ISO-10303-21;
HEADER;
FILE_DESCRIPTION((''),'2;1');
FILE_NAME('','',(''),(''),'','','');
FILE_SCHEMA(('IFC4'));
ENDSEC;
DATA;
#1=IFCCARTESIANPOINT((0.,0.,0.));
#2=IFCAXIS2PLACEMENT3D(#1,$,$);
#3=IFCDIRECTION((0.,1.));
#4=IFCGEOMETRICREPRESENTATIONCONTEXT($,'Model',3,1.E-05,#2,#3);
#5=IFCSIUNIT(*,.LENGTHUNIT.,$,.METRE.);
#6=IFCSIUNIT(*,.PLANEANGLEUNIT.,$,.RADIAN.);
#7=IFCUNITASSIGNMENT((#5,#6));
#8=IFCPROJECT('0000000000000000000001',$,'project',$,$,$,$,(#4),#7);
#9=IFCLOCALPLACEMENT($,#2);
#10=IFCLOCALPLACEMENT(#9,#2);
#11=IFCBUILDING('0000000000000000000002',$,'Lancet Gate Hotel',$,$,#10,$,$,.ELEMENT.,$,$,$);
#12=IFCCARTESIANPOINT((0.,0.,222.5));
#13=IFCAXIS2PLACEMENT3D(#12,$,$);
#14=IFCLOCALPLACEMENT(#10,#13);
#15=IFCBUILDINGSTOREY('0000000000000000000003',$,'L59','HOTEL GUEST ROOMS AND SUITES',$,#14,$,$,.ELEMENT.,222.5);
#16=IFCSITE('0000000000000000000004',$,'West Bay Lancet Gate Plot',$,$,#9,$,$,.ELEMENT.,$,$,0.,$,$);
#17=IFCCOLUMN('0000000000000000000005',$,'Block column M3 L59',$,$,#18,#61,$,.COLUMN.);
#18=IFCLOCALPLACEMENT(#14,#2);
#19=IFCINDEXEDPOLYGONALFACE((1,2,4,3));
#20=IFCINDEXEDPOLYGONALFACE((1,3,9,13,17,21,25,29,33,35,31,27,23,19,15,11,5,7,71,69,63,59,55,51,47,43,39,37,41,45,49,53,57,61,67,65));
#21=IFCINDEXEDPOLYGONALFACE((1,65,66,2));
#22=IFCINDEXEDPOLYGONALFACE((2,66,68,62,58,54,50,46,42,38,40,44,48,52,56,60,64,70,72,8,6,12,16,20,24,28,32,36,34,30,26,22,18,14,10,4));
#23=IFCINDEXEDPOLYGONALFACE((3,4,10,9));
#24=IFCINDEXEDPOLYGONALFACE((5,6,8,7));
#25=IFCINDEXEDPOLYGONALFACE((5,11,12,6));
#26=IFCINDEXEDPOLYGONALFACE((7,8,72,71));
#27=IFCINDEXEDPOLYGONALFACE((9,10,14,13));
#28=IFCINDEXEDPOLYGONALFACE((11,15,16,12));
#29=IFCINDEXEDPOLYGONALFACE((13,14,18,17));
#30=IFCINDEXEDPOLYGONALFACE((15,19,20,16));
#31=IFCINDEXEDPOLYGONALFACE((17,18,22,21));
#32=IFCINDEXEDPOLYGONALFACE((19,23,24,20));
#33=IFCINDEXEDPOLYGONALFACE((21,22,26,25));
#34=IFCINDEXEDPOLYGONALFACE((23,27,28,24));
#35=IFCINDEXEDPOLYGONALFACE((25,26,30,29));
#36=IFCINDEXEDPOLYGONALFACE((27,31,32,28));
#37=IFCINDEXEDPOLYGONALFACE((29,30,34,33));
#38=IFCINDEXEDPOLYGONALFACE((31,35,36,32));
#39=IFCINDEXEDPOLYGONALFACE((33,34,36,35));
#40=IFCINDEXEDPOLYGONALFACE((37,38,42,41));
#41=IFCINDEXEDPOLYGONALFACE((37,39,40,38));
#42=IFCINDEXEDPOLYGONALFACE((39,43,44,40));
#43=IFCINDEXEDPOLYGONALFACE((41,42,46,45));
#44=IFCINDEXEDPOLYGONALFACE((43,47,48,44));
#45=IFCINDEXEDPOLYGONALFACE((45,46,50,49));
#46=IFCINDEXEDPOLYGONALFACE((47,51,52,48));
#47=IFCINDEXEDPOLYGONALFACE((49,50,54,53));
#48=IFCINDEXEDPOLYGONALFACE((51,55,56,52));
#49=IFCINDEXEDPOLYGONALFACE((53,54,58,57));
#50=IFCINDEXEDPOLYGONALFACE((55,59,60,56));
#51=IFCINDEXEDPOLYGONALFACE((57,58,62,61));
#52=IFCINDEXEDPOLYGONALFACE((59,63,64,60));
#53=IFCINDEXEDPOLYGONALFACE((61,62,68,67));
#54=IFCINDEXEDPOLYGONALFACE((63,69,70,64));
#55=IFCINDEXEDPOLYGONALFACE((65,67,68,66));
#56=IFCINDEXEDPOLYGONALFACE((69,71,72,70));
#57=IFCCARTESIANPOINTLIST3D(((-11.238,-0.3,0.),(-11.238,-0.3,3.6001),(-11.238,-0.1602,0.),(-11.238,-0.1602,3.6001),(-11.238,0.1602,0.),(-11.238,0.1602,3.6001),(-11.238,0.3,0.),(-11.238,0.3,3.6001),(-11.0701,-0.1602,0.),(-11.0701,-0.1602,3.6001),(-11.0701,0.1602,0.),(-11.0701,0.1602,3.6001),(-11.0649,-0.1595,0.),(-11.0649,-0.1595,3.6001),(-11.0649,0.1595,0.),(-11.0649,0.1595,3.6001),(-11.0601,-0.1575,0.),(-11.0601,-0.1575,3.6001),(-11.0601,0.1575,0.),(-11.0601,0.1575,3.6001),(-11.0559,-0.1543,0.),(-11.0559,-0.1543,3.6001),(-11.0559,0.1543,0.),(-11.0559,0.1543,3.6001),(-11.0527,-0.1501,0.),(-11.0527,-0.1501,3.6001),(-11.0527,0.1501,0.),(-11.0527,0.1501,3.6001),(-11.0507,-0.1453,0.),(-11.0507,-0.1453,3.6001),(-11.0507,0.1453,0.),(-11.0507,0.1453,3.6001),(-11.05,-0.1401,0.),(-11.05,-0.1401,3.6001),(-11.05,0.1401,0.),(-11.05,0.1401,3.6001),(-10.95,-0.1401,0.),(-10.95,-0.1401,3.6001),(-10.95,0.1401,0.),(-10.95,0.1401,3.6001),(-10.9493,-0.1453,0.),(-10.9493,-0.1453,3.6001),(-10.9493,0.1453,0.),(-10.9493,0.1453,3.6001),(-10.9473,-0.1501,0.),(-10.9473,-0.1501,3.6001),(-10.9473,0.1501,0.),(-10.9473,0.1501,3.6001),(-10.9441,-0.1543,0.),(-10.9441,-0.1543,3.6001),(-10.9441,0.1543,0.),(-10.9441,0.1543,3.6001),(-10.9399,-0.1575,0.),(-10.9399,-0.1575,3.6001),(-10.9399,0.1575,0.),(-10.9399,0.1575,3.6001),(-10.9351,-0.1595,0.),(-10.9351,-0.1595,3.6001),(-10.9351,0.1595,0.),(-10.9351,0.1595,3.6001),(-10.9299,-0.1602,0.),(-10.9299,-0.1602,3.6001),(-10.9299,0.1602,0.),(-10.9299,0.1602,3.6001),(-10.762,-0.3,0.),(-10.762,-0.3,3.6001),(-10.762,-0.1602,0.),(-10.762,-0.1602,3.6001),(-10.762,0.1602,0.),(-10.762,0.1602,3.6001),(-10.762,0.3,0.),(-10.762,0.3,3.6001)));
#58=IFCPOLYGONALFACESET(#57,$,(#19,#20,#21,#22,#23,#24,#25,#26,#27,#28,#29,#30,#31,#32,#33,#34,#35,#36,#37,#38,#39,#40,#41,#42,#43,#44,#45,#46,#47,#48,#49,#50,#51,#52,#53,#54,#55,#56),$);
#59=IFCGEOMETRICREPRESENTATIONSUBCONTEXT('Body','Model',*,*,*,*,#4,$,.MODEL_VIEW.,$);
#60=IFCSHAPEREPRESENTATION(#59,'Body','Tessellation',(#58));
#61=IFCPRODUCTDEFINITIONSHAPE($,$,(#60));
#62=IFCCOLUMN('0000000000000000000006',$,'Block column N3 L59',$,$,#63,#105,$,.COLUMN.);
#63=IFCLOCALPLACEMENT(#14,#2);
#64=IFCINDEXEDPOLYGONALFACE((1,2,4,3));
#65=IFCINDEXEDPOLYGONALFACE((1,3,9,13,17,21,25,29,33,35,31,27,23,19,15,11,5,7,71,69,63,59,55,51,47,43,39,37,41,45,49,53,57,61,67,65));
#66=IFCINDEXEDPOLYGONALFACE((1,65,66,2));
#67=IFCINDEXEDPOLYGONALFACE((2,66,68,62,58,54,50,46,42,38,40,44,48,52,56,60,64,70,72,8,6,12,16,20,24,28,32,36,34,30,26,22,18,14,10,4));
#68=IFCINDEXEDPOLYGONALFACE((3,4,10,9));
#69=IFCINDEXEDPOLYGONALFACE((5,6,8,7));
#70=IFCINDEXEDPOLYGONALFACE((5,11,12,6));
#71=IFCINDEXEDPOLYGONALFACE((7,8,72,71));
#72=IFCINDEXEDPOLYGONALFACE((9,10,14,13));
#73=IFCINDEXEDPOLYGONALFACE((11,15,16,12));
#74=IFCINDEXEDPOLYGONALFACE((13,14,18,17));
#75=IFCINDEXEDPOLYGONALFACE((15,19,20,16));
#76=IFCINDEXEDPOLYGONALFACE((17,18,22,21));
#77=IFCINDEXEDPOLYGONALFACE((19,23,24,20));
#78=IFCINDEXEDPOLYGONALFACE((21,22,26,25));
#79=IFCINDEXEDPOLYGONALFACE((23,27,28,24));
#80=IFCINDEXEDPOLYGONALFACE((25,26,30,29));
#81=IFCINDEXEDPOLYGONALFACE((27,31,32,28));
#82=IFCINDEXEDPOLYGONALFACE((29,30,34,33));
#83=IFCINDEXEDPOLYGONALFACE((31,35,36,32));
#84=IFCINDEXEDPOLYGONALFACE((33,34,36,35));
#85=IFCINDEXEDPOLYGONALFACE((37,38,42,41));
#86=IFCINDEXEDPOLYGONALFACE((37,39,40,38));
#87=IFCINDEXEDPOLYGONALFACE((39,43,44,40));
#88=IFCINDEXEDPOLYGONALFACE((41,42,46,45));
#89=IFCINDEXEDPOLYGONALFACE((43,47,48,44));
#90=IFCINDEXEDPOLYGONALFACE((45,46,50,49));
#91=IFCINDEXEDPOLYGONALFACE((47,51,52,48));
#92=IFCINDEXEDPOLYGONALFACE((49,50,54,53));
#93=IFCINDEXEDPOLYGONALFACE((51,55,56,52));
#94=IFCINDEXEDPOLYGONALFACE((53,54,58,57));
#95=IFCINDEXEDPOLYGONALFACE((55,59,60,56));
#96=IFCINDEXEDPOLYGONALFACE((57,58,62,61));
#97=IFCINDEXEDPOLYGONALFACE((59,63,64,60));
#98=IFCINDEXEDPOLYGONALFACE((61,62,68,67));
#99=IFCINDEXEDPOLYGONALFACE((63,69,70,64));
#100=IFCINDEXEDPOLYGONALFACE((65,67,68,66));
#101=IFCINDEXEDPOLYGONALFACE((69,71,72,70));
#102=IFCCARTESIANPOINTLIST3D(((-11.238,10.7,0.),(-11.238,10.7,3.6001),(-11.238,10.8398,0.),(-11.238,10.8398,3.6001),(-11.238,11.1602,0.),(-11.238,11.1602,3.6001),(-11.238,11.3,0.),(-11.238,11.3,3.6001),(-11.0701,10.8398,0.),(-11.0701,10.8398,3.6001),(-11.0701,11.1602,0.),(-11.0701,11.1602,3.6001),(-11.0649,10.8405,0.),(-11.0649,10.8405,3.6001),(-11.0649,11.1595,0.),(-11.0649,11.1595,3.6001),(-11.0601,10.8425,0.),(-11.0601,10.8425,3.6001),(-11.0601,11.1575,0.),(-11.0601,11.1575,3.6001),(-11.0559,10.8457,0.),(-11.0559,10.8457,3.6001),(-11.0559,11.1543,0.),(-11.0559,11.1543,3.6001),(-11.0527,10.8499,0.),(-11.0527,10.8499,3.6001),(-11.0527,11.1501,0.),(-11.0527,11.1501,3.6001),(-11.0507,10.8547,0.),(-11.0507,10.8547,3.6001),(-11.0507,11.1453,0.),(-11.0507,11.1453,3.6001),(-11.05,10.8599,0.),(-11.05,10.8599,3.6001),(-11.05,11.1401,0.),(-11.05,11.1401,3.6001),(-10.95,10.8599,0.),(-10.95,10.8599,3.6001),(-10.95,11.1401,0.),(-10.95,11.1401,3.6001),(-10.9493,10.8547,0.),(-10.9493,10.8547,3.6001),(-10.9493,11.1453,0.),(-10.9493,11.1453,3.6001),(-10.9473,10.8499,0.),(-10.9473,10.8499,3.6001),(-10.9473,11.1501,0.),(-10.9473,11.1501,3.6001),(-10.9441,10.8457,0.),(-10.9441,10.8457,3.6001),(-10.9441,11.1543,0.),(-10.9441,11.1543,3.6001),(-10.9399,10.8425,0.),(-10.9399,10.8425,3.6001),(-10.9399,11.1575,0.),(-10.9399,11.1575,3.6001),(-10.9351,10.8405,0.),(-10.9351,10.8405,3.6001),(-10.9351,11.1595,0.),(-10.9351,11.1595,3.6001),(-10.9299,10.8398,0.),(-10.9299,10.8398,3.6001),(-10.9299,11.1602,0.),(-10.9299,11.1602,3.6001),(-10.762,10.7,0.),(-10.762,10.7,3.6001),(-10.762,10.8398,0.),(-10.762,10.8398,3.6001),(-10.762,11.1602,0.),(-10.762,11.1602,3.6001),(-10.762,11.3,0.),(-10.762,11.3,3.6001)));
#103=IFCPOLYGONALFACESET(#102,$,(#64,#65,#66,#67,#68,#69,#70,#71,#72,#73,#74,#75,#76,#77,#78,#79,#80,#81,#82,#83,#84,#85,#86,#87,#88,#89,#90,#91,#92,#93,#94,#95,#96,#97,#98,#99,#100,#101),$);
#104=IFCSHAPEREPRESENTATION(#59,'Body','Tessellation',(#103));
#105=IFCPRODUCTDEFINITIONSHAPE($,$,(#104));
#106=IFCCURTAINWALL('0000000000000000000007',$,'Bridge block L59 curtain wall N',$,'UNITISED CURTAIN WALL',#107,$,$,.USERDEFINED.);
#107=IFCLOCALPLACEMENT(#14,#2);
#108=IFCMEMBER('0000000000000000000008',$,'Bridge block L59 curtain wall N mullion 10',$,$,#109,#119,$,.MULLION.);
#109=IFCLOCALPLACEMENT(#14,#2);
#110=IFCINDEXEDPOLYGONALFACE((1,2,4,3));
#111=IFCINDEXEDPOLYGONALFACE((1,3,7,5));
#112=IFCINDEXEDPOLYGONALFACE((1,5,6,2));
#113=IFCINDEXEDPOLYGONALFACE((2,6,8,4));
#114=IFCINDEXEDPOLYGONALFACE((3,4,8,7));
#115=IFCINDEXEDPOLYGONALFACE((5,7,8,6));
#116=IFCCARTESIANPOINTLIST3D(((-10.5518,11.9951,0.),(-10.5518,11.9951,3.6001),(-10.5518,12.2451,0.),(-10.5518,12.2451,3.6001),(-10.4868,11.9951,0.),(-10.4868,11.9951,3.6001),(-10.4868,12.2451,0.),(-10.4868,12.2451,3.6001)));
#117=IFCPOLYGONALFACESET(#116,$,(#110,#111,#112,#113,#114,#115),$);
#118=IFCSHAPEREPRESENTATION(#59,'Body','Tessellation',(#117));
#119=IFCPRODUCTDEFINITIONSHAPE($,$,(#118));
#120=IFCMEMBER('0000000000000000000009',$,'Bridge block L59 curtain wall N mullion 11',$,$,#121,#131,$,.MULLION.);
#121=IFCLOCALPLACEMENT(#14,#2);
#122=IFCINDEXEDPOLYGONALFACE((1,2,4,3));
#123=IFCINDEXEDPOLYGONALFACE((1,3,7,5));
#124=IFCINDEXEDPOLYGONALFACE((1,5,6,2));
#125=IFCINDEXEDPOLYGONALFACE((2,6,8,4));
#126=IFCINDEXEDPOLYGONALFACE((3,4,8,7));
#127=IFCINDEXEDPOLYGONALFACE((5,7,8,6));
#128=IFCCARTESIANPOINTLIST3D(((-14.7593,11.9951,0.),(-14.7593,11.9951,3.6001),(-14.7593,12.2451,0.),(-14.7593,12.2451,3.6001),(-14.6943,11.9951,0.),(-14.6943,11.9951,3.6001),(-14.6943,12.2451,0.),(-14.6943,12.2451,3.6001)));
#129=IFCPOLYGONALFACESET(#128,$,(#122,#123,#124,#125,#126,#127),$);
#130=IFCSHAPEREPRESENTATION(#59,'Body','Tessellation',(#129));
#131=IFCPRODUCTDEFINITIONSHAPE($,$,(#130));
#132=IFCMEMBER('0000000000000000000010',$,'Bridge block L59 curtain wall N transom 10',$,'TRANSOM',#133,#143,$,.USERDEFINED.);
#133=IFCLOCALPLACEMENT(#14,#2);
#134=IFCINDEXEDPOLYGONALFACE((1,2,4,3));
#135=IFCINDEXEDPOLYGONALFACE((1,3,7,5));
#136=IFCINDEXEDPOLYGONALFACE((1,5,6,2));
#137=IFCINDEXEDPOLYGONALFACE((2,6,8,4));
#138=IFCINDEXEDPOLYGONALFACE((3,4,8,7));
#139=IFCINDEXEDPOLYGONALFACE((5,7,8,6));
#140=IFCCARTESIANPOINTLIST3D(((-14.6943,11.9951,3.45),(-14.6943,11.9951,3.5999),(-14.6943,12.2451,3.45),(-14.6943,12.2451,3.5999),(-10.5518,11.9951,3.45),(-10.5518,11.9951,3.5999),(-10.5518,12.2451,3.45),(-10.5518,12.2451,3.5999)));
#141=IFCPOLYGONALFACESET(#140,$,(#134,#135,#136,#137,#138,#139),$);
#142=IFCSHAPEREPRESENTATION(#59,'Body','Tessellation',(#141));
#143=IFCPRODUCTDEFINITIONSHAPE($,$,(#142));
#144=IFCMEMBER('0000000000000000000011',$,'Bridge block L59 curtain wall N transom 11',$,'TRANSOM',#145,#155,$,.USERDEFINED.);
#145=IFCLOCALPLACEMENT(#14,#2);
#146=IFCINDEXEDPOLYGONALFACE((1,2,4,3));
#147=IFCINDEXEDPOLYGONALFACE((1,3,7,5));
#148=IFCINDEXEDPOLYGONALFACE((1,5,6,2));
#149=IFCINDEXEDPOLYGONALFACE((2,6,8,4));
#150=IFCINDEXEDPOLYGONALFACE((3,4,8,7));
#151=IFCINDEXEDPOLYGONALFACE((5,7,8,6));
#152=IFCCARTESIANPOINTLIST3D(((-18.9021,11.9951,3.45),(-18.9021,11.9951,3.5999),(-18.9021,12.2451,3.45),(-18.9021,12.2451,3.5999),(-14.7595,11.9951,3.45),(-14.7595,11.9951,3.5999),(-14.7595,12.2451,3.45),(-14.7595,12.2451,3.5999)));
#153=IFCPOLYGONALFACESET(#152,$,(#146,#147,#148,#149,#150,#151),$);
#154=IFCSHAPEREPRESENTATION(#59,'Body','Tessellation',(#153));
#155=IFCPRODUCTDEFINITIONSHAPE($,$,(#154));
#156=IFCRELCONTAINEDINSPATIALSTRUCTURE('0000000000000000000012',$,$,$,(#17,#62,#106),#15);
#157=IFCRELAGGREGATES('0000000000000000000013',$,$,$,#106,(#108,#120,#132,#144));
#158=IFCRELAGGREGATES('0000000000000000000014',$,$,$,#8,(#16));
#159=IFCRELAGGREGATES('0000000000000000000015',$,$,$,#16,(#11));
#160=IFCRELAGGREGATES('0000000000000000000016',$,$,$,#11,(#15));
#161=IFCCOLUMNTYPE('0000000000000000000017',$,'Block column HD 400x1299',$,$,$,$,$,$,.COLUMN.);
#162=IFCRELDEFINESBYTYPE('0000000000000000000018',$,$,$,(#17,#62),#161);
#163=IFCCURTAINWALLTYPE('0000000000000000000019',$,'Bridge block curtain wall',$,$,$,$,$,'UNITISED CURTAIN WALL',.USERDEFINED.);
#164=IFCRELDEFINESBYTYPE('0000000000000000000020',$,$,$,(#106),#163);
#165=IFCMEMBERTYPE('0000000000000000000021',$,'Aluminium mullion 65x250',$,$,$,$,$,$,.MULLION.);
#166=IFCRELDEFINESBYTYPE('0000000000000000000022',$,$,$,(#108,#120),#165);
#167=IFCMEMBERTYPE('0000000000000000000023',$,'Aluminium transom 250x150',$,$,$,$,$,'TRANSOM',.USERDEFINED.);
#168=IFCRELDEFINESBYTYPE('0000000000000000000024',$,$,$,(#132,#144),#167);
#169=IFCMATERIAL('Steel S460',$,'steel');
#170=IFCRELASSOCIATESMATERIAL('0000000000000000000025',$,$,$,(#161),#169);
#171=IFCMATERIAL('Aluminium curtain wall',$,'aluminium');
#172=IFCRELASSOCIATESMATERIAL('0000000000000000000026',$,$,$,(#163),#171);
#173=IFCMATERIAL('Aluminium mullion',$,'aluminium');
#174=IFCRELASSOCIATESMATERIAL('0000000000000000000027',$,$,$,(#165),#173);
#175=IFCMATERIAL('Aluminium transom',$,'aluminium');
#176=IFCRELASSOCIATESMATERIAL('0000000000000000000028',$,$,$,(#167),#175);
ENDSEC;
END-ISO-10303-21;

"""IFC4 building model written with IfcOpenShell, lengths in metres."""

from ifc_helpers import new_model, si_unit, direction, frame, origin, origin_2d, place, context, subcontext, project, spatial, rectangle, i_section, extrude, material, material_profile, profile_set, type_object, element, aggregate, save


model = new_model("IFC4")

# Units and contexts
model_context = context("Model", 3, precision=1e-05, world=origin(), true_north=direction((0.0, 1.0)))
body_context = subcontext(model_context, "Body", "Model", "MODEL_VIEW")
ifc_project = project(units=[si_unit("LENGTHUNIT", "METRE"), si_unit("PLANEANGLEUNIT", "RADIAN")], contexts=[model_context])

# Site, building, storey
site_placement = place(None, origin())
site = spatial("IfcSite", under=ifc_project, at=site_placement, Name="West Bay Lancet Gate Plot", CompositionType="ELEMENT", RefElevation=0.0)
building_placement = place(site_placement, origin())
building = spatial("IfcBuilding", under=site, at=building_placement, Name="Lancet Gate Hotel", CompositionType="ELEMENT")
storey_placement = place(building_placement, frame((0.0, 0.0, 222.5)))
storey = spatial("IfcBuildingStorey", under=building, at=storey_placement, Name="L59", Description="HOTEL GUEST ROOMS AND SUITES", CompositionType="ELEMENT", Elevation=222.5)

# Columns
ifc_material_1 = material(Name="Steel S460", Category="steel")
ifc_material_profile_1 = material_profile(ifc_material_1, i_section(OverallWidth=0.4761, OverallDepth=0.6001, WebThickness=0.1001, FlangeThickness=0.1399, FilletRadius=0.02, at=origin_2d()), Name="HD 400x1299")
ifc_profile_set_1 = profile_set([ifc_material_profile_1], Name="Steel S460")
column_type = type_object("IfcColumnType", Name="Block column HD 400x1299", PredefinedType="COLUMN", material=ifc_profile_set_1)
for number, where, z_axis, x_axis, name in (
    (1, (-11.0, 0.0, 0.0), (0.0, 0.0, 1.0), (1.0, 0.0, 0.0), "Block column M3 L59"),
    (2, (-11.0, 11.0, 0.0), (0.0, 0.0, 1.0), (1.0, 0.0, 0.0), "Block column N3 L59"),
):
    element("IfcColumn", number, at=place(storey_placement, frame(where, z_axis=z_axis, x_axis=x_axis)), inside=storey, type_object=column_type, Name=name, PredefinedType="COLUMN", context=body_context, shape_type="SweptSolid", body=[
        extrude(i_section(OverallWidth=0.4761, OverallDepth=0.6001, WebThickness=0.1001, FlangeThickness=0.1399, FilletRadius=0.02, at=origin_2d()), origin(), (0.0, 0.0, 1.0), 3.6001),
    ])

# Curtain wall, members
ifc_material_2 = material(Name="Aluminium curtain wall", Category="aluminium")
curtain_wall_type = type_object("IfcCurtainWallType", Name="Bridge block curtain wall", ElementType="UNITISED CURTAIN WALL", PredefinedType="USERDEFINED", material=ifc_material_2)
curtain_wall_placement = place(storey_placement, origin())
curtain_wall = element("IfcCurtainWall", 3, at=curtain_wall_placement, inside=storey, type_object=curtain_wall_type, Name="Bridge block L59 curtain wall N", ObjectType="UNITISED CURTAIN WALL", PredefinedType="USERDEFINED")
ifc_material_3 = material(Name="Aluminium mullion", Category="aluminium")
ifc_material_profile_2 = material_profile(ifc_material_3, rectangle(XDim=0.0649, YDim=0.25, at=origin_2d()), Name="MULLION 65x250")
ifc_profile_set_2 = profile_set([ifc_material_profile_2], Name="Aluminium mullion")
member_type_1 = type_object("IfcMemberType", Name="Aluminium mullion 65x250", PredefinedType="MULLION", material=ifc_profile_set_2)
member_1_placement = place(storey_placement, frame((-10.5193, 12.1201, 0.0), z_axis=(0.0, 0.0, 1.0), x_axis=(-1.0, 0.0, 0.0)))
member_1 = element("IfcMember", 4, at=member_1_placement, type_object=member_type_1, Name="Bridge block L59 curtain wall N mullion 10", PredefinedType="MULLION", context=body_context, shape_type="SweptSolid", body=[
    extrude(rectangle(XDim=0.0649, YDim=0.25, at=origin_2d()), origin(), (0.0, 0.0, 1.0), 3.6001),
])
member_2_placement = place(storey_placement, frame((-14.7268, 12.1201, 0.0), z_axis=(0.0, 0.0, 1.0), x_axis=(-1.0, 0.0, 0.0)))
member_2 = element("IfcMember", 5, at=member_2_placement, type_object=member_type_1, Name="Bridge block L59 curtain wall N mullion 11", PredefinedType="MULLION", context=body_context, shape_type="SweptSolid", body=[
    extrude(rectangle(XDim=0.0649, YDim=0.25, at=origin_2d()), origin(), (0.0, 0.0, 1.0), 3.6001),
])
ifc_material_4 = material(Name="Aluminium transom", Category="aluminium")
ifc_material_profile_3 = material_profile(ifc_material_4, rectangle(XDim=0.25, YDim=0.1499, at=origin_2d()), Name="TRANSOM 250x150")
ifc_profile_set_3 = profile_set([ifc_material_profile_3], Name="Aluminium transom")
member_type_2 = type_object("IfcMemberType", Name="Aluminium transom 250x150", ElementType="TRANSOM", PredefinedType="USERDEFINED", material=ifc_profile_set_3)
member_3_placement = place(storey_placement, frame((-10.5518, 12.1201, 3.5249), z_axis=(-1.0, 0.0, 0.0), x_axis=(0.0, -1.0, 0.0)))
member_3 = element("IfcMember", 6, at=member_3_placement, type_object=member_type_2, Name="Bridge block L59 curtain wall N transom 10", ObjectType="TRANSOM", PredefinedType="USERDEFINED", context=body_context, shape_type="SweptSolid", body=[
    extrude(rectangle(XDim=0.25, YDim=0.1499, at=origin_2d()), origin(), (0.0, 0.0, 1.0), 4.1426),
])
member_4_placement = place(storey_placement, frame((-14.7595, 12.1201, 3.5249), z_axis=(-1.0, 0.0, 0.0), x_axis=(0.0, -1.0, 0.0)))
member_4 = element("IfcMember", 7, at=member_4_placement, type_object=member_type_2, Name="Bridge block L59 curtain wall N transom 11", ObjectType="TRANSOM", PredefinedType="USERDEFINED", context=body_context, shape_type="SweptSolid", body=[
    extrude(rectangle(XDim=0.25, YDim=0.1499, at=origin_2d()), origin(), (0.0, 0.0, 1.0), 4.1426),
])

aggregate(curtain_wall, [member_1, member_2, member_3, member_4])

save(model, "model.ifc")
